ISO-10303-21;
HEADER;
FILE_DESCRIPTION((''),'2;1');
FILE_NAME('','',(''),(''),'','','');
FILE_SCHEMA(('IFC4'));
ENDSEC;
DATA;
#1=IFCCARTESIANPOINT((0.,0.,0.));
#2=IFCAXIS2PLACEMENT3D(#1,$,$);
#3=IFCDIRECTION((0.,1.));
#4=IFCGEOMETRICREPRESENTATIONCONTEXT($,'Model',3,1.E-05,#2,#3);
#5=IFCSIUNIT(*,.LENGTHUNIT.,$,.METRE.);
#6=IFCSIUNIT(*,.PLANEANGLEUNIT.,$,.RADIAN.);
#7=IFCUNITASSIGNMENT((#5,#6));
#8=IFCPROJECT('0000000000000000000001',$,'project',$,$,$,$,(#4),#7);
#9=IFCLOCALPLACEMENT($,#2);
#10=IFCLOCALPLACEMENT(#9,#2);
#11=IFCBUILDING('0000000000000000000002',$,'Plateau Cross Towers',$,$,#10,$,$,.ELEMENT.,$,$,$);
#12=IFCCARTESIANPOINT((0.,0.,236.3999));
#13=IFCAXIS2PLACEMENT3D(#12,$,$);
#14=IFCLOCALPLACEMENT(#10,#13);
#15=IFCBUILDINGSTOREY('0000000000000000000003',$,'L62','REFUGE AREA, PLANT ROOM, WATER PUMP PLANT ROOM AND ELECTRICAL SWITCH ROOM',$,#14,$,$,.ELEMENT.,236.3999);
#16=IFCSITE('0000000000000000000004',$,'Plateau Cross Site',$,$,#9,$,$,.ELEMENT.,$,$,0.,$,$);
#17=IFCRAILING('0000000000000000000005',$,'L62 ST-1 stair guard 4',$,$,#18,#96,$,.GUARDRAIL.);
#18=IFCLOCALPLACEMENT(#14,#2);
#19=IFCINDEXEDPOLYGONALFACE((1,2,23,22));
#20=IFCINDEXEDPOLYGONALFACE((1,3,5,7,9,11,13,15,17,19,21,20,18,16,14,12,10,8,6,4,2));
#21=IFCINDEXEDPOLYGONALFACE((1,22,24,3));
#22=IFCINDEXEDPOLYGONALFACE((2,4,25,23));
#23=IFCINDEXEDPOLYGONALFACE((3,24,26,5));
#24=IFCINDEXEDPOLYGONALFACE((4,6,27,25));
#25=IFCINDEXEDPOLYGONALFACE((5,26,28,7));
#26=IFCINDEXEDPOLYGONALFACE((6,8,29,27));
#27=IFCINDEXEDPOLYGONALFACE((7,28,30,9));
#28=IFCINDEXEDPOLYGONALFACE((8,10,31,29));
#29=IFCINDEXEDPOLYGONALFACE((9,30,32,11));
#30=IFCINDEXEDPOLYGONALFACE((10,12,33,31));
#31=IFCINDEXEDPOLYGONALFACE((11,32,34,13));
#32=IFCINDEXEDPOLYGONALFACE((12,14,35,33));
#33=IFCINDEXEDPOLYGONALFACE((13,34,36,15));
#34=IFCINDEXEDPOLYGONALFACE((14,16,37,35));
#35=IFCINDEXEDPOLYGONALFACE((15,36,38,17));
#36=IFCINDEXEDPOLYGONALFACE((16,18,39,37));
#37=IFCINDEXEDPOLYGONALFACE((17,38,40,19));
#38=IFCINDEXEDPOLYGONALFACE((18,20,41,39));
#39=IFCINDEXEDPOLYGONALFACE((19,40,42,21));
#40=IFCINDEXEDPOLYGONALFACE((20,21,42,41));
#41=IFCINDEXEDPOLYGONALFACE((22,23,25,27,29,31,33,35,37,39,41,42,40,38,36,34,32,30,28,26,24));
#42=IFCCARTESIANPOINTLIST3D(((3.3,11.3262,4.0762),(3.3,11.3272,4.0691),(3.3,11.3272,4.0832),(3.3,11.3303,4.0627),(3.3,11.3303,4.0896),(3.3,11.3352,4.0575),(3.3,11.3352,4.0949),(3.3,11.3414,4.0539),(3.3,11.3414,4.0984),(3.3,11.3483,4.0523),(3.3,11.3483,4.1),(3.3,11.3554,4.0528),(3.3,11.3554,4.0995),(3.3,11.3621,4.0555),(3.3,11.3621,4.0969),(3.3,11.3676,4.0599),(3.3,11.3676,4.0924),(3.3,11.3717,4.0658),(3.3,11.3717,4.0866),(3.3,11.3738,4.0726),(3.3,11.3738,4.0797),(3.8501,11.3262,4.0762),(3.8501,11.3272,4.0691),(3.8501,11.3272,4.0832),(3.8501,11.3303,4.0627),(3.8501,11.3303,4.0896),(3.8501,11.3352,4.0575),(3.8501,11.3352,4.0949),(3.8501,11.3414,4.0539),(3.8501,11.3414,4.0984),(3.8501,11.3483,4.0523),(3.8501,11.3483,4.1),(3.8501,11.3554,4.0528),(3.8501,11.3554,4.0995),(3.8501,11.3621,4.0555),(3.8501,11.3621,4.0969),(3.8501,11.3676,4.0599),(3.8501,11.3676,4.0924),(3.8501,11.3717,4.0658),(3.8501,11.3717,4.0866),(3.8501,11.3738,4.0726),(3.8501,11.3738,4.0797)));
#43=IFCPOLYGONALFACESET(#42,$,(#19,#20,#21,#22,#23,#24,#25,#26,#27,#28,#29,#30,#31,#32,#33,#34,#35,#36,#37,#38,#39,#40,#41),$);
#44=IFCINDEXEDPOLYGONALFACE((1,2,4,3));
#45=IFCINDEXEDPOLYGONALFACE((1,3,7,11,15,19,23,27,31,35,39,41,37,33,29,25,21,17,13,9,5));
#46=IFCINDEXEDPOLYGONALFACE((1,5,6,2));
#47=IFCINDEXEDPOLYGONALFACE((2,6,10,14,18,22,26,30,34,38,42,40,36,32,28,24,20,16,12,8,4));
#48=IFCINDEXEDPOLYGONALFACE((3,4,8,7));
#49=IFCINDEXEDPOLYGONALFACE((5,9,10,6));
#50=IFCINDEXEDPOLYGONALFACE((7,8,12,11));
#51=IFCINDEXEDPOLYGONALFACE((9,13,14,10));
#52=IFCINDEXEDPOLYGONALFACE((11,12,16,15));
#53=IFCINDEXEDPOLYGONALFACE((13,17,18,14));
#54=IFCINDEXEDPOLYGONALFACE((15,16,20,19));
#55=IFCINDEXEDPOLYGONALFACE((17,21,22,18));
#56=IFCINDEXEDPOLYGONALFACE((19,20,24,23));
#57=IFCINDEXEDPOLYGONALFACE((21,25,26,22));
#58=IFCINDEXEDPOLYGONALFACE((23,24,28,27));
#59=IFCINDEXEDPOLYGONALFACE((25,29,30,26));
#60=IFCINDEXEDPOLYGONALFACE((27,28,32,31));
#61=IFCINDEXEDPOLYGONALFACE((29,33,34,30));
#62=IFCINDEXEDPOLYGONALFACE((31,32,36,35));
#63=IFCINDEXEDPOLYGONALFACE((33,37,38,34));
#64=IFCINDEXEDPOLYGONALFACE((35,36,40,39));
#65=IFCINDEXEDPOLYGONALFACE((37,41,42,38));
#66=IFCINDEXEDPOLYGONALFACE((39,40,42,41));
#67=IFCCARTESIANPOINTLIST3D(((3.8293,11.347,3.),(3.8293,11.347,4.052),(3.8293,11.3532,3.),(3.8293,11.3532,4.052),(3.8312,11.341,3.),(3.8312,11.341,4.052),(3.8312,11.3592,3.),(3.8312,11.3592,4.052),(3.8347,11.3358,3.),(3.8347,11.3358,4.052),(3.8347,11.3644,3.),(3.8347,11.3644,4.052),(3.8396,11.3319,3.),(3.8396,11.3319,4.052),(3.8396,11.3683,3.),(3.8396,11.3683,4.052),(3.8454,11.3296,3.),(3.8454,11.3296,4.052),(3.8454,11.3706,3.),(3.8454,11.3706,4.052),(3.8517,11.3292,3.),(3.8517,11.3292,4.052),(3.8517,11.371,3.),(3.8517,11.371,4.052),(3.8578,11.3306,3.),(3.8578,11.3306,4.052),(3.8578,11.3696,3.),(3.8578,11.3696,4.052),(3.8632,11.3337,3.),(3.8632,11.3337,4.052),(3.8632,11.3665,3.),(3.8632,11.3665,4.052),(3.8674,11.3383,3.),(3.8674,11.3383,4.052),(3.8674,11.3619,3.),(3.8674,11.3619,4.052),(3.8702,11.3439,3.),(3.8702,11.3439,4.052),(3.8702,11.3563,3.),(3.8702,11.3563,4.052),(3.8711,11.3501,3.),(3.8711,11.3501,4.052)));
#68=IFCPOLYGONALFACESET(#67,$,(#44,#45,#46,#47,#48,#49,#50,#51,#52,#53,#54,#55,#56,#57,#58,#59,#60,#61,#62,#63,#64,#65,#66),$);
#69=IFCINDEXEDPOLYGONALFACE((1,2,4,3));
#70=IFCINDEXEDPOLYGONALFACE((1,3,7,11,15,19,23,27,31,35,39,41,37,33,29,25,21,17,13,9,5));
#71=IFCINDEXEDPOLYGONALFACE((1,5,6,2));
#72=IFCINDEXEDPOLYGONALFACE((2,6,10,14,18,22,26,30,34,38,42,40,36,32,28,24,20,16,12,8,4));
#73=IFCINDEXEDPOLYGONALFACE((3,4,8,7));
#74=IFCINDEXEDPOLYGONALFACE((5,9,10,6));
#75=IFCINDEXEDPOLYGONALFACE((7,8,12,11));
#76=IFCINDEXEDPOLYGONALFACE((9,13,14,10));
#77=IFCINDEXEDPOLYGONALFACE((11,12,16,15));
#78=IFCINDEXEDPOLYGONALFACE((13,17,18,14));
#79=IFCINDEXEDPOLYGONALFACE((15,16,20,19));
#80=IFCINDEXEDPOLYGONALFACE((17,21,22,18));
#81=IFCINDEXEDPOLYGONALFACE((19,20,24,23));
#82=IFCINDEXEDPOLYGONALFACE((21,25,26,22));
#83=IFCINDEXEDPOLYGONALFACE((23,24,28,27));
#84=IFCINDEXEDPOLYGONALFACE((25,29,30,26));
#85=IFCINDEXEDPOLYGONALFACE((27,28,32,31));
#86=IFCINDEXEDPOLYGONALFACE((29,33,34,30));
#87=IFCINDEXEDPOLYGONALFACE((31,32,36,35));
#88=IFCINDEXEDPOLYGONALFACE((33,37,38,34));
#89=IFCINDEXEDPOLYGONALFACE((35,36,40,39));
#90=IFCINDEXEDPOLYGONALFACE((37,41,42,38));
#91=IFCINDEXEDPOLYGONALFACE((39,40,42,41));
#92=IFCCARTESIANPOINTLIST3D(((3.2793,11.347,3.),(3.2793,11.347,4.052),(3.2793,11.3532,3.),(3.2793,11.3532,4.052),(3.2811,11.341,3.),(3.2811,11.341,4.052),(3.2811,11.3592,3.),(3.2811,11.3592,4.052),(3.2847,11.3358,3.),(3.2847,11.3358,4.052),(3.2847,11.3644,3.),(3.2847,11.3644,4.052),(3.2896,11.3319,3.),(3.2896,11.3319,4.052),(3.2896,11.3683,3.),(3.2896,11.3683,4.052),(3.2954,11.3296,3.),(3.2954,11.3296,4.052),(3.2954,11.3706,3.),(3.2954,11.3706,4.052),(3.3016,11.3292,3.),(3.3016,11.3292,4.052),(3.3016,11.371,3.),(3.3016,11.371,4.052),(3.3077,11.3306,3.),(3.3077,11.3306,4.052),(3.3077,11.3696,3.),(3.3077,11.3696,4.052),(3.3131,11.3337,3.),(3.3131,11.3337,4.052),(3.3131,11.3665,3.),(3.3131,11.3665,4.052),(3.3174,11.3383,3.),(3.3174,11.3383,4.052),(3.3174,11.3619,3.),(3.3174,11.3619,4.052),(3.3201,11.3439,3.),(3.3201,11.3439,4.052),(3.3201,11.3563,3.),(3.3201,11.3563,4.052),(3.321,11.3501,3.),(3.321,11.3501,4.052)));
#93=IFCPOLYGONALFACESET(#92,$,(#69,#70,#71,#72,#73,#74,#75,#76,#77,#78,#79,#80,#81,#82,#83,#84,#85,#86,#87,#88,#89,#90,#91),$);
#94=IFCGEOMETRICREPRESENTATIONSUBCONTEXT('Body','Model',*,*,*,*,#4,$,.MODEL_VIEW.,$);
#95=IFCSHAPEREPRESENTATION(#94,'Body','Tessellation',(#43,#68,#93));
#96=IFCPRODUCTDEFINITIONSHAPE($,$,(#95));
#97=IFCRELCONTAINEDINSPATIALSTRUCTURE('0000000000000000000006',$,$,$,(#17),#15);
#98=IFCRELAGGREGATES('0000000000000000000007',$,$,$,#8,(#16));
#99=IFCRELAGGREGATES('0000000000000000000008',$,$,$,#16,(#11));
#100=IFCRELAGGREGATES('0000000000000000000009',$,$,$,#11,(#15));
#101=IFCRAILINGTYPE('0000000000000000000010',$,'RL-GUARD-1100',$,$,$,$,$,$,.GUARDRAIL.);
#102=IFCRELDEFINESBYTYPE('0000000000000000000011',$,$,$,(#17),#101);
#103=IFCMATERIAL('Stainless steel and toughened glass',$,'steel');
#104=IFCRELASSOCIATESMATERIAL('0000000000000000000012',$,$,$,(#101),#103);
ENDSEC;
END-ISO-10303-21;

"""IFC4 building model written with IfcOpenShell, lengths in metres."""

from ifc_helpers import new_model, si_unit, direction, frame, origin, origin_2d, place, context, subcontext, project, spatial, circle, extrude, material, type_object, element, save


model = new_model("IFC4")

# Units and contexts
model_context = context("Model", 3, precision=1e-05, world=origin(), true_north=direction((0.0, 1.0)))
body_context = subcontext(model_context, "Body", "Model", "MODEL_VIEW")
ifc_project = project(units=[si_unit("LENGTHUNIT", "METRE"), si_unit("PLANEANGLEUNIT", "RADIAN")], contexts=[model_context])

# Site, building, storey
site_placement = place(None, origin())
site = spatial("IfcSite", under=ifc_project, at=site_placement, Name="Plateau Cross Site", CompositionType="ELEMENT", RefElevation=0.0)
building_placement = place(site_placement, origin())
building = spatial("IfcBuilding", under=site, at=building_placement, Name="Plateau Cross Towers", CompositionType="ELEMENT")
storey_placement = place(building_placement, frame((0.0, 0.0, 236.3999)))
storey = spatial("IfcBuildingStorey", under=building, at=storey_placement, Name="L62", Description="REFUGE AREA, PLANT ROOM, WATER PUMP PLANT ROOM AND ELECTRICAL SWITCH ROOM", CompositionType="ELEMENT", Elevation=236.3999)

# Railing
ifc_material_1 = material(Name="Stainless steel and toughened glass", Category="steel")
railing_type_1 = type_object("IfcRailingType", Name="RL-GUARD-1100", PredefinedType="GUARDRAIL", material=ifc_material_1)
railing_1_placement = place(storey_placement, frame((3.8501, 11.3501, 3.0)))
element("IfcRailing", 1, at=railing_1_placement, inside=storey, type_object=railing_type_1, Name="L62 ST-1 stair guard 4", PredefinedType="GUARDRAIL", context=body_context, shape_type="SweptSolid", body=[
    extrude(circle(Radius=0.0239, at=origin_2d()), frame((0.0, 0.0, 1.0762), z_axis=(-1.0, 0.0, 0.0), x_axis=(0.0, -1.0, 0.0)), (0.0, 0.0, 1.0), 0.55),
    extrude(circle(Radius=0.021, at=origin_2d()), origin(), (0.0, 0.0, 1.0), 1.052),
    extrude(circle(Radius=0.021, at=origin_2d()), frame((-0.55, 0.0, 0.0)), (0.0, 0.0, 1.0), 1.052),
])

save(model, "model.ifc")
